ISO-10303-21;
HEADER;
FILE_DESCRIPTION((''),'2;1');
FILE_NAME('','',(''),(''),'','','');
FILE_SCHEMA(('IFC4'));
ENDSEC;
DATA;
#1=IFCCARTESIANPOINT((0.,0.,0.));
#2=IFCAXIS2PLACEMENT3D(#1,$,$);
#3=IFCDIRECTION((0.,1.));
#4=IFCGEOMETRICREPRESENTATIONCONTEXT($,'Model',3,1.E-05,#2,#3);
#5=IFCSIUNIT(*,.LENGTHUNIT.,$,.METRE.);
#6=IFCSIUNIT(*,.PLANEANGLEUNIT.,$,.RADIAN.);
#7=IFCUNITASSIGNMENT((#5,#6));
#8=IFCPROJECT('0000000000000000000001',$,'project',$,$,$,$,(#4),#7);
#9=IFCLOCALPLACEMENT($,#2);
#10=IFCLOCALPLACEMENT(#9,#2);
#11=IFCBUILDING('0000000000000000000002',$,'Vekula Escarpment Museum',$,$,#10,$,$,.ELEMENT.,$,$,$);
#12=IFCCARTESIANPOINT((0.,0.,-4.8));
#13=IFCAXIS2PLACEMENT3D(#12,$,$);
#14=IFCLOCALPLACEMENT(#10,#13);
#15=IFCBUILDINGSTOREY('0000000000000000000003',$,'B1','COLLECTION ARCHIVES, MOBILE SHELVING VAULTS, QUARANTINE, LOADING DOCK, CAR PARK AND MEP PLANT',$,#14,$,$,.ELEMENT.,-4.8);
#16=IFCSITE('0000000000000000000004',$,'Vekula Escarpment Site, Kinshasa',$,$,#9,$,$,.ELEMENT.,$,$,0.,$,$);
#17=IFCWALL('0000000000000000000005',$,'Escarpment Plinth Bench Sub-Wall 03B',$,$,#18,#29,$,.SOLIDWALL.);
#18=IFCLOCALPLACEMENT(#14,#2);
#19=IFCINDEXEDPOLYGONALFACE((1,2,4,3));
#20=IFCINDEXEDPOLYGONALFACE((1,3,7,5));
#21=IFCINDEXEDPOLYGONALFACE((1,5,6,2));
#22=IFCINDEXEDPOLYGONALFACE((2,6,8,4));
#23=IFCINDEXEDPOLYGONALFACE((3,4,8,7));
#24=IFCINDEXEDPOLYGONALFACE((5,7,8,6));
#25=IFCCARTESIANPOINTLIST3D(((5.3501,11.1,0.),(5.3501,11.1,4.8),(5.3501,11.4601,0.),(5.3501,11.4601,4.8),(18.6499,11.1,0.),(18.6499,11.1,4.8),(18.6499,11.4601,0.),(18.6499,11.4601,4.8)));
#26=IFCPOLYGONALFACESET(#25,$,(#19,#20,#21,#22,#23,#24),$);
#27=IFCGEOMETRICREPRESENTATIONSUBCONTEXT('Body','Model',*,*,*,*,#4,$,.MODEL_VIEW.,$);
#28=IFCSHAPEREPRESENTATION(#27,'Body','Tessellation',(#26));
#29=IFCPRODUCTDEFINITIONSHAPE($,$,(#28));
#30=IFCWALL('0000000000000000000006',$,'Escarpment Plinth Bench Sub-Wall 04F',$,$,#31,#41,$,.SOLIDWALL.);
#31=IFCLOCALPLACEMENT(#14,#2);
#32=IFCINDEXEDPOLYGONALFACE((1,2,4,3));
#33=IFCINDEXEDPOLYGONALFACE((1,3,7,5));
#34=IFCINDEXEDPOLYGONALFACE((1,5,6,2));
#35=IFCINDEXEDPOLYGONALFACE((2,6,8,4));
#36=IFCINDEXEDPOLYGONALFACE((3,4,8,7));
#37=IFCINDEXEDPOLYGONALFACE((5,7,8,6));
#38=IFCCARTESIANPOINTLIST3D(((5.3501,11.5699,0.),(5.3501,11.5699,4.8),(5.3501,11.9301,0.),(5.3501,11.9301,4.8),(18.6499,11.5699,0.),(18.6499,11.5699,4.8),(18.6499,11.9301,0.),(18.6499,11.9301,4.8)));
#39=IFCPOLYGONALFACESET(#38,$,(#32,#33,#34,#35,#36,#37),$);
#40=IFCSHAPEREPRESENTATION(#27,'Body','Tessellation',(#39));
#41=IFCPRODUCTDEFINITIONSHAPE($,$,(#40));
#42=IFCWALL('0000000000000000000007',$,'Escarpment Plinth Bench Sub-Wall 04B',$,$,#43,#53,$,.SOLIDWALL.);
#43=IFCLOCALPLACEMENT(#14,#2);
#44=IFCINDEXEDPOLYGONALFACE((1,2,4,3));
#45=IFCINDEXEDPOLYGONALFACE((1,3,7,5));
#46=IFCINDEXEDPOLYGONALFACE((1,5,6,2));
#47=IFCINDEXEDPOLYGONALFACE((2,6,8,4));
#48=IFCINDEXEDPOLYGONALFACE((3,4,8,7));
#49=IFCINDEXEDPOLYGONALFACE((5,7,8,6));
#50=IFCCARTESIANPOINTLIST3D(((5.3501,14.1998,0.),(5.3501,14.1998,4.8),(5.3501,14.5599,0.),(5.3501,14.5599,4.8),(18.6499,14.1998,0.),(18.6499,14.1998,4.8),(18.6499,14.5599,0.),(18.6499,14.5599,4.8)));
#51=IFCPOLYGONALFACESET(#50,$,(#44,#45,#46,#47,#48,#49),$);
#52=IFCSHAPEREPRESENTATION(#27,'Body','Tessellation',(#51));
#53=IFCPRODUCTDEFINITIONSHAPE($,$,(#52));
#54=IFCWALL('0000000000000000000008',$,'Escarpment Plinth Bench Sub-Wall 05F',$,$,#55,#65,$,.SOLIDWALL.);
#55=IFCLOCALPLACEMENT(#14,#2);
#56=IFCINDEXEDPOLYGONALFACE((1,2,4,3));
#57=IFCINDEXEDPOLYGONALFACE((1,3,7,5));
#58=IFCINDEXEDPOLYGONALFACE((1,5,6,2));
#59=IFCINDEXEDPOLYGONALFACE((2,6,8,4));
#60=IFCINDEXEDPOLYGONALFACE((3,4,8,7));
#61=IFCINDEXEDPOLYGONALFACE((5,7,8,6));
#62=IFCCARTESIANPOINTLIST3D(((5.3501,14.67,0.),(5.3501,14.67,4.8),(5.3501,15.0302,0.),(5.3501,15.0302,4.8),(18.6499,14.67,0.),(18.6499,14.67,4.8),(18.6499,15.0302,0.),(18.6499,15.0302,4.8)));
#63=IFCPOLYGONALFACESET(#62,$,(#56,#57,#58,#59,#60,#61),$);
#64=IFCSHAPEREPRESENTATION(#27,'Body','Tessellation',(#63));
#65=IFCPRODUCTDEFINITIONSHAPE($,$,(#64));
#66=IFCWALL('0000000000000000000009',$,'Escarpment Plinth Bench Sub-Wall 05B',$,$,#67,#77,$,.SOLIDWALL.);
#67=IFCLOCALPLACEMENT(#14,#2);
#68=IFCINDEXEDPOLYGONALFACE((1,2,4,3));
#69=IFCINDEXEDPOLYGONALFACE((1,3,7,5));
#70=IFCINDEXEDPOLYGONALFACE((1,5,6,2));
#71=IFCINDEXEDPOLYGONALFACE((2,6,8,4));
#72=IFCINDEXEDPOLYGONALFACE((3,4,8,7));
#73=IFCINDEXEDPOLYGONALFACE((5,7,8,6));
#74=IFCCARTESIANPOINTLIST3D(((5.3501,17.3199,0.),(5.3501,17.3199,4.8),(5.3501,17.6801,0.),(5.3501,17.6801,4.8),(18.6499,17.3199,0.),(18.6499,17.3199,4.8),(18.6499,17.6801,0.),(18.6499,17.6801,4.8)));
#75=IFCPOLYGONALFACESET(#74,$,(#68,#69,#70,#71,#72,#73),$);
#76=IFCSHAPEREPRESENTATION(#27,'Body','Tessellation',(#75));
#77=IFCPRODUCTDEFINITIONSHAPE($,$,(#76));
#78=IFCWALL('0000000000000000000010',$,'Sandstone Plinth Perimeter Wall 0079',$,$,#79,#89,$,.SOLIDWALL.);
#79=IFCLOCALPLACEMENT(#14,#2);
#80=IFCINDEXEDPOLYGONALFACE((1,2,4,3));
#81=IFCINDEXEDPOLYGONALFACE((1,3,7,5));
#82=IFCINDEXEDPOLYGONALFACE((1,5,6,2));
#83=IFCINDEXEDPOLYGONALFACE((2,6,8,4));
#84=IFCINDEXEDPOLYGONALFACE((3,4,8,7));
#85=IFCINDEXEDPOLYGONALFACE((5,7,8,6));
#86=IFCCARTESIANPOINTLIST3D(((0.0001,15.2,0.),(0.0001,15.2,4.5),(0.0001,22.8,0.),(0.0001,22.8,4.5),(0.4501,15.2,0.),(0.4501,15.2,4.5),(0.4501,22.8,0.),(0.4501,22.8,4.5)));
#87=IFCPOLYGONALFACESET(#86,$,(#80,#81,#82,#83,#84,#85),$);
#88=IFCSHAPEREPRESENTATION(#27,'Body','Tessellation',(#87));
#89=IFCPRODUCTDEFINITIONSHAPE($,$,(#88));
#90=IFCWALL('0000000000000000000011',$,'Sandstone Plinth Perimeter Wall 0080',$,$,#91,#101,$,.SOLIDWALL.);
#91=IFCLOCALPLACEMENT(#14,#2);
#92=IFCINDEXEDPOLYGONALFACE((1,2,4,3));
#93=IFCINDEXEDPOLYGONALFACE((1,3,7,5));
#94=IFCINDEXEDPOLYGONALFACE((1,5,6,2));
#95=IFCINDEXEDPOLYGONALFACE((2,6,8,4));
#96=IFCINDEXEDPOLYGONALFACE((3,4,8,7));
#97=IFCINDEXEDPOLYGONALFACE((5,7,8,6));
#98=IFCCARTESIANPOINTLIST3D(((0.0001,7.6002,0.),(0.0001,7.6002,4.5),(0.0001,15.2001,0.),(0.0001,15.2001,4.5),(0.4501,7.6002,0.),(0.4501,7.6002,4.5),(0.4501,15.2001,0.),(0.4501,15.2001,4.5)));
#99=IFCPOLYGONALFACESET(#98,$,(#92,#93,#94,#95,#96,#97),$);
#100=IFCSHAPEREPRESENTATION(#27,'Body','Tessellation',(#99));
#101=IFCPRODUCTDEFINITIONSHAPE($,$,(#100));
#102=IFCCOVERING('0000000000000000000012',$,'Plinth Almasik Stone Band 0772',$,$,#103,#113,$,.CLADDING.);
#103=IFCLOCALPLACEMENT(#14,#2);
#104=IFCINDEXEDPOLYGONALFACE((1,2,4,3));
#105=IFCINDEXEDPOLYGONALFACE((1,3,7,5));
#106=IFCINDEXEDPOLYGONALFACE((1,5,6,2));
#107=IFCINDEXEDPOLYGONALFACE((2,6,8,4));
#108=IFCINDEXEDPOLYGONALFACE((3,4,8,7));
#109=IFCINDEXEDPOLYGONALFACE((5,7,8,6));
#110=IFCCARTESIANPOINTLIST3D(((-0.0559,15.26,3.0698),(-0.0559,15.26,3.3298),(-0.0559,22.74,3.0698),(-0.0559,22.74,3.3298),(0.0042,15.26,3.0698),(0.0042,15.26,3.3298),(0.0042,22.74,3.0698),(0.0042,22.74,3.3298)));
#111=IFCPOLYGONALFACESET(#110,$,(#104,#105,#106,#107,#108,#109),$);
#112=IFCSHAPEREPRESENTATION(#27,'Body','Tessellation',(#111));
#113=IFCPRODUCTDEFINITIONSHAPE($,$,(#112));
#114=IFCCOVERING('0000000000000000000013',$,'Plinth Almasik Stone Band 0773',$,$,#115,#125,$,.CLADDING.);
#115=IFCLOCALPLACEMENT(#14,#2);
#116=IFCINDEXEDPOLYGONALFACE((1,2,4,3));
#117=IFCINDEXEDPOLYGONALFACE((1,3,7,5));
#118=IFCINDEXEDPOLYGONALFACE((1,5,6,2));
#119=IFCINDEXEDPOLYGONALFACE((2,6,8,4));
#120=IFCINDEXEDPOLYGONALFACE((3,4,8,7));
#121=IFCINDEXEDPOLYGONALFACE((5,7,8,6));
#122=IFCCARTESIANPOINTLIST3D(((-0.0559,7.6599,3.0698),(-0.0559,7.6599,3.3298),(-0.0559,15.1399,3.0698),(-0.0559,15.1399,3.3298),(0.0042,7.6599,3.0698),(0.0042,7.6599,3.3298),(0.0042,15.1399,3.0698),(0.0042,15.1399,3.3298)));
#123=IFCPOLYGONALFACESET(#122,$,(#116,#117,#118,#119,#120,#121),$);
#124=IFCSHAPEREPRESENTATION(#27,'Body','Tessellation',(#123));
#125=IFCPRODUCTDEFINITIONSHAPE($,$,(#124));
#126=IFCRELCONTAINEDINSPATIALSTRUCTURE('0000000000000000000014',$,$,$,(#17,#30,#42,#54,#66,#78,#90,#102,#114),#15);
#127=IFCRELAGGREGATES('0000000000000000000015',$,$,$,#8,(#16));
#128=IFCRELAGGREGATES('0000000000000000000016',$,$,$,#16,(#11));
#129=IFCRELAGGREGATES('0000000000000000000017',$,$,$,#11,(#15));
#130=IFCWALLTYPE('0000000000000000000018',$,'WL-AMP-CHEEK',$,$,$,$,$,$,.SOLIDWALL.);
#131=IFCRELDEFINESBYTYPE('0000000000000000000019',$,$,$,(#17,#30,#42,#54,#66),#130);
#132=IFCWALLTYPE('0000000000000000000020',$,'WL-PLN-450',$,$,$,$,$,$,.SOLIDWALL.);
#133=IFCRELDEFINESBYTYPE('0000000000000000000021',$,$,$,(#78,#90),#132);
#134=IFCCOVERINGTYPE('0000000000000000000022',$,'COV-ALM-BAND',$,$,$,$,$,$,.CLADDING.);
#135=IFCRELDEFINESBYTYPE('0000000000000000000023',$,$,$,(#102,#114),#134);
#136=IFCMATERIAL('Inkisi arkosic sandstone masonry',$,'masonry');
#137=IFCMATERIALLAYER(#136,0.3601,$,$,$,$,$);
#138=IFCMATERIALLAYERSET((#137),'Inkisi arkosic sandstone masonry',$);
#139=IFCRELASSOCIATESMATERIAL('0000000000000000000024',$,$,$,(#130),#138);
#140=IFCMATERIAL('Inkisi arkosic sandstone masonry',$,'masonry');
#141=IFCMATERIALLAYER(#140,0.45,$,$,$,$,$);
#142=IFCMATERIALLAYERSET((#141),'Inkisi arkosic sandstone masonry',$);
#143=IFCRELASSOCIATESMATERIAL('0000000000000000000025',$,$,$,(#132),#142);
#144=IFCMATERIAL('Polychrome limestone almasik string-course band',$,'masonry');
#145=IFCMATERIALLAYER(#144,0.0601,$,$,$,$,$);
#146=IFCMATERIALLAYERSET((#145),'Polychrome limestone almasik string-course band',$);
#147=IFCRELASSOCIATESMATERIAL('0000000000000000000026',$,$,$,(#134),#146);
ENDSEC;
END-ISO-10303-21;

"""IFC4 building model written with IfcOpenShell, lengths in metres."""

from ifc_helpers import new_model, si_unit, direction, frame, frame_2d, origin, origin_2d, place, context, subcontext, project, spatial, rectangle, extrude, material, layer, layer_set, type_object, element, save


model = new_model("IFC4")

# Units and contexts
model_context = context("Model", 3, precision=1e-05, world=origin(), true_north=direction((0.0, 1.0)))
body_context = subcontext(model_context, "Body", "Model", "MODEL_VIEW")
ifc_project = project(units=[si_unit("LENGTHUNIT", "METRE"), si_unit("PLANEANGLEUNIT", "RADIAN")], contexts=[model_context])

# Site, building, storey
site_placement = place(None, origin())
site = spatial("IfcSite", under=ifc_project, at=site_placement, Name="Vekula Escarpment Site, Kinshasa", CompositionType="ELEMENT", RefElevation=0.0)
building_placement = place(site_placement, origin())
building = spatial("IfcBuilding", under=site, at=building_placement, Name="Vekula Escarpment Museum", CompositionType="ELEMENT")
storey_placement = place(building_placement, frame((0.0, 0.0, -4.8)))
storey = spatial("IfcBuildingStorey", under=building, at=storey_placement, Name="B1", Description="COLLECTION ARCHIVES, MOBILE SHELVING VAULTS, QUARANTINE, LOADING DOCK, CAR PARK AND MEP PLANT", CompositionType="ELEMENT", Elevation=-4.8)

# Walls
ifc_material_1 = material(Name="Inkisi arkosic sandstone masonry", Category="masonry")
ifc_layer_1 = layer(ifc_material_1, 0.3601)
ifc_layer_set_1 = layer_set([ifc_layer_1], Name="Inkisi arkosic sandstone masonry")
wall_type_1 = type_object("IfcWallType", Name="WL-AMP-CHEEK", PredefinedType="SOLIDWALL", material=ifc_layer_set_1)
for number, where, z_axis, x_axis, name in (
    (1, (5.3501, 11.28, 0.0), (0.0, 0.0, 1.0), (1.0, 0.0, 0.0), "Escarpment Plinth Bench Sub-Wall 03B"),
    (2, (5.3501, 11.75, 0.0), (0.0, 0.0, 1.0), (1.0, 0.0, 0.0), "Escarpment Plinth Bench Sub-Wall 04F"),
    (3, (5.3501, 14.3799, 0.0), (0.0, 0.0, 1.0), (1.0, 0.0, 0.0), "Escarpment Plinth Bench Sub-Wall 04B"),
    (4, (5.3501, 14.8501, 0.0), (0.0, 0.0, 1.0), (1.0, 0.0, 0.0), "Escarpment Plinth Bench Sub-Wall 05F"),
    (5, (5.3501, 17.5, 0.0), (0.0, 0.0, 1.0), (1.0, 0.0, 0.0), "Escarpment Plinth Bench Sub-Wall 05B"),
):
    element("IfcWall", number, at=place(storey_placement, frame(where, z_axis=z_axis, x_axis=x_axis)), inside=storey, type_object=wall_type_1, Name=name, PredefinedType="SOLIDWALL", context=body_context, shape_type="SweptSolid", body=[
        extrude(rectangle(XDim=13.2998, YDim=0.3601, at=frame_2d((6.6499, 0.0))), origin(), (0.0, 0.0, 1.0), 4.8),
    ])
ifc_material_2 = material(Name="Inkisi arkosic sandstone masonry", Category="masonry")
ifc_layer_2 = layer(ifc_material_2, 0.45)
ifc_layer_set_2 = layer_set([ifc_layer_2], Name="Inkisi arkosic sandstone masonry")
wall_type_2 = type_object("IfcWallType", Name="WL-PLN-450", PredefinedType="SOLIDWALL", material=ifc_layer_set_2)
wall_1_placement = place(storey_placement, frame((0.2251, 22.8, 0.0), z_axis=(0.0, 0.0, 1.0), x_axis=(0.0, -1.0, 0.0)))
element("IfcWall", 6, at=wall_1_placement, inside=storey, type_object=wall_type_2, Name="Sandstone Plinth Perimeter Wall 0079", PredefinedType="SOLIDWALL", context=body_context, shape_type="SweptSolid", body=[
    extrude(rectangle(XDim=7.6001, YDim=0.45, at=frame_2d((3.8, 0.0))), origin(), (0.0, 0.0, 1.0), 4.5),
])
wall_2_placement = place(storey_placement, frame((0.2251, 15.2, 0.0), z_axis=(0.0, 0.0, 1.0), x_axis=(0.0, -1.0, 0.0)))
element("IfcWall", 7, at=wall_2_placement, inside=storey, type_object=wall_type_2, Name="Sandstone Plinth Perimeter Wall 0080", PredefinedType="SOLIDWALL", context=body_context, shape_type="SweptSolid", body=[
    extrude(rectangle(XDim=7.5999, YDim=0.45, at=frame_2d((3.7998, 0.0))), origin(), (0.0, 0.0, 1.0), 4.5),
])

# Coverings
ifc_material_3 = material(Name="Polychrome limestone almasik string-course band", Category="masonry")
ifc_layer_3 = layer(ifc_material_3, 0.0601)
ifc_layer_set_3 = layer_set([ifc_layer_3], Name="Polychrome limestone almasik string-course band")
covering_type = type_object("IfcCoveringType", Name="COV-ALM-BAND", PredefinedType="CLADDING", material=ifc_layer_set_3)
for number, where, z_axis, x_axis, name in (
    (8, (-0.0259, 19.0, 3.0698), (0.0, 0.0, 1.0), (0.0, 1.0, 0.0), "Plinth Almasik Stone Band 0772"),
    (9, (-0.0259, 11.3999, 3.0698), (0.0, 0.0, 1.0), (0.0, 1.0, 0.0), "Plinth Almasik Stone Band 0773"),
):
    element("IfcCovering", number, at=place(storey_placement, frame(where, z_axis=z_axis, x_axis=x_axis)), inside=storey, type_object=covering_type, Name=name, PredefinedType="CLADDING", context=body_context, shape_type="SweptSolid", body=[
        extrude(rectangle(XDim=7.48, YDim=0.0601, at=origin_2d()), origin(), (0.0, 0.0, 1.0), 0.26),
    ])

save(model, "model.ifc")
